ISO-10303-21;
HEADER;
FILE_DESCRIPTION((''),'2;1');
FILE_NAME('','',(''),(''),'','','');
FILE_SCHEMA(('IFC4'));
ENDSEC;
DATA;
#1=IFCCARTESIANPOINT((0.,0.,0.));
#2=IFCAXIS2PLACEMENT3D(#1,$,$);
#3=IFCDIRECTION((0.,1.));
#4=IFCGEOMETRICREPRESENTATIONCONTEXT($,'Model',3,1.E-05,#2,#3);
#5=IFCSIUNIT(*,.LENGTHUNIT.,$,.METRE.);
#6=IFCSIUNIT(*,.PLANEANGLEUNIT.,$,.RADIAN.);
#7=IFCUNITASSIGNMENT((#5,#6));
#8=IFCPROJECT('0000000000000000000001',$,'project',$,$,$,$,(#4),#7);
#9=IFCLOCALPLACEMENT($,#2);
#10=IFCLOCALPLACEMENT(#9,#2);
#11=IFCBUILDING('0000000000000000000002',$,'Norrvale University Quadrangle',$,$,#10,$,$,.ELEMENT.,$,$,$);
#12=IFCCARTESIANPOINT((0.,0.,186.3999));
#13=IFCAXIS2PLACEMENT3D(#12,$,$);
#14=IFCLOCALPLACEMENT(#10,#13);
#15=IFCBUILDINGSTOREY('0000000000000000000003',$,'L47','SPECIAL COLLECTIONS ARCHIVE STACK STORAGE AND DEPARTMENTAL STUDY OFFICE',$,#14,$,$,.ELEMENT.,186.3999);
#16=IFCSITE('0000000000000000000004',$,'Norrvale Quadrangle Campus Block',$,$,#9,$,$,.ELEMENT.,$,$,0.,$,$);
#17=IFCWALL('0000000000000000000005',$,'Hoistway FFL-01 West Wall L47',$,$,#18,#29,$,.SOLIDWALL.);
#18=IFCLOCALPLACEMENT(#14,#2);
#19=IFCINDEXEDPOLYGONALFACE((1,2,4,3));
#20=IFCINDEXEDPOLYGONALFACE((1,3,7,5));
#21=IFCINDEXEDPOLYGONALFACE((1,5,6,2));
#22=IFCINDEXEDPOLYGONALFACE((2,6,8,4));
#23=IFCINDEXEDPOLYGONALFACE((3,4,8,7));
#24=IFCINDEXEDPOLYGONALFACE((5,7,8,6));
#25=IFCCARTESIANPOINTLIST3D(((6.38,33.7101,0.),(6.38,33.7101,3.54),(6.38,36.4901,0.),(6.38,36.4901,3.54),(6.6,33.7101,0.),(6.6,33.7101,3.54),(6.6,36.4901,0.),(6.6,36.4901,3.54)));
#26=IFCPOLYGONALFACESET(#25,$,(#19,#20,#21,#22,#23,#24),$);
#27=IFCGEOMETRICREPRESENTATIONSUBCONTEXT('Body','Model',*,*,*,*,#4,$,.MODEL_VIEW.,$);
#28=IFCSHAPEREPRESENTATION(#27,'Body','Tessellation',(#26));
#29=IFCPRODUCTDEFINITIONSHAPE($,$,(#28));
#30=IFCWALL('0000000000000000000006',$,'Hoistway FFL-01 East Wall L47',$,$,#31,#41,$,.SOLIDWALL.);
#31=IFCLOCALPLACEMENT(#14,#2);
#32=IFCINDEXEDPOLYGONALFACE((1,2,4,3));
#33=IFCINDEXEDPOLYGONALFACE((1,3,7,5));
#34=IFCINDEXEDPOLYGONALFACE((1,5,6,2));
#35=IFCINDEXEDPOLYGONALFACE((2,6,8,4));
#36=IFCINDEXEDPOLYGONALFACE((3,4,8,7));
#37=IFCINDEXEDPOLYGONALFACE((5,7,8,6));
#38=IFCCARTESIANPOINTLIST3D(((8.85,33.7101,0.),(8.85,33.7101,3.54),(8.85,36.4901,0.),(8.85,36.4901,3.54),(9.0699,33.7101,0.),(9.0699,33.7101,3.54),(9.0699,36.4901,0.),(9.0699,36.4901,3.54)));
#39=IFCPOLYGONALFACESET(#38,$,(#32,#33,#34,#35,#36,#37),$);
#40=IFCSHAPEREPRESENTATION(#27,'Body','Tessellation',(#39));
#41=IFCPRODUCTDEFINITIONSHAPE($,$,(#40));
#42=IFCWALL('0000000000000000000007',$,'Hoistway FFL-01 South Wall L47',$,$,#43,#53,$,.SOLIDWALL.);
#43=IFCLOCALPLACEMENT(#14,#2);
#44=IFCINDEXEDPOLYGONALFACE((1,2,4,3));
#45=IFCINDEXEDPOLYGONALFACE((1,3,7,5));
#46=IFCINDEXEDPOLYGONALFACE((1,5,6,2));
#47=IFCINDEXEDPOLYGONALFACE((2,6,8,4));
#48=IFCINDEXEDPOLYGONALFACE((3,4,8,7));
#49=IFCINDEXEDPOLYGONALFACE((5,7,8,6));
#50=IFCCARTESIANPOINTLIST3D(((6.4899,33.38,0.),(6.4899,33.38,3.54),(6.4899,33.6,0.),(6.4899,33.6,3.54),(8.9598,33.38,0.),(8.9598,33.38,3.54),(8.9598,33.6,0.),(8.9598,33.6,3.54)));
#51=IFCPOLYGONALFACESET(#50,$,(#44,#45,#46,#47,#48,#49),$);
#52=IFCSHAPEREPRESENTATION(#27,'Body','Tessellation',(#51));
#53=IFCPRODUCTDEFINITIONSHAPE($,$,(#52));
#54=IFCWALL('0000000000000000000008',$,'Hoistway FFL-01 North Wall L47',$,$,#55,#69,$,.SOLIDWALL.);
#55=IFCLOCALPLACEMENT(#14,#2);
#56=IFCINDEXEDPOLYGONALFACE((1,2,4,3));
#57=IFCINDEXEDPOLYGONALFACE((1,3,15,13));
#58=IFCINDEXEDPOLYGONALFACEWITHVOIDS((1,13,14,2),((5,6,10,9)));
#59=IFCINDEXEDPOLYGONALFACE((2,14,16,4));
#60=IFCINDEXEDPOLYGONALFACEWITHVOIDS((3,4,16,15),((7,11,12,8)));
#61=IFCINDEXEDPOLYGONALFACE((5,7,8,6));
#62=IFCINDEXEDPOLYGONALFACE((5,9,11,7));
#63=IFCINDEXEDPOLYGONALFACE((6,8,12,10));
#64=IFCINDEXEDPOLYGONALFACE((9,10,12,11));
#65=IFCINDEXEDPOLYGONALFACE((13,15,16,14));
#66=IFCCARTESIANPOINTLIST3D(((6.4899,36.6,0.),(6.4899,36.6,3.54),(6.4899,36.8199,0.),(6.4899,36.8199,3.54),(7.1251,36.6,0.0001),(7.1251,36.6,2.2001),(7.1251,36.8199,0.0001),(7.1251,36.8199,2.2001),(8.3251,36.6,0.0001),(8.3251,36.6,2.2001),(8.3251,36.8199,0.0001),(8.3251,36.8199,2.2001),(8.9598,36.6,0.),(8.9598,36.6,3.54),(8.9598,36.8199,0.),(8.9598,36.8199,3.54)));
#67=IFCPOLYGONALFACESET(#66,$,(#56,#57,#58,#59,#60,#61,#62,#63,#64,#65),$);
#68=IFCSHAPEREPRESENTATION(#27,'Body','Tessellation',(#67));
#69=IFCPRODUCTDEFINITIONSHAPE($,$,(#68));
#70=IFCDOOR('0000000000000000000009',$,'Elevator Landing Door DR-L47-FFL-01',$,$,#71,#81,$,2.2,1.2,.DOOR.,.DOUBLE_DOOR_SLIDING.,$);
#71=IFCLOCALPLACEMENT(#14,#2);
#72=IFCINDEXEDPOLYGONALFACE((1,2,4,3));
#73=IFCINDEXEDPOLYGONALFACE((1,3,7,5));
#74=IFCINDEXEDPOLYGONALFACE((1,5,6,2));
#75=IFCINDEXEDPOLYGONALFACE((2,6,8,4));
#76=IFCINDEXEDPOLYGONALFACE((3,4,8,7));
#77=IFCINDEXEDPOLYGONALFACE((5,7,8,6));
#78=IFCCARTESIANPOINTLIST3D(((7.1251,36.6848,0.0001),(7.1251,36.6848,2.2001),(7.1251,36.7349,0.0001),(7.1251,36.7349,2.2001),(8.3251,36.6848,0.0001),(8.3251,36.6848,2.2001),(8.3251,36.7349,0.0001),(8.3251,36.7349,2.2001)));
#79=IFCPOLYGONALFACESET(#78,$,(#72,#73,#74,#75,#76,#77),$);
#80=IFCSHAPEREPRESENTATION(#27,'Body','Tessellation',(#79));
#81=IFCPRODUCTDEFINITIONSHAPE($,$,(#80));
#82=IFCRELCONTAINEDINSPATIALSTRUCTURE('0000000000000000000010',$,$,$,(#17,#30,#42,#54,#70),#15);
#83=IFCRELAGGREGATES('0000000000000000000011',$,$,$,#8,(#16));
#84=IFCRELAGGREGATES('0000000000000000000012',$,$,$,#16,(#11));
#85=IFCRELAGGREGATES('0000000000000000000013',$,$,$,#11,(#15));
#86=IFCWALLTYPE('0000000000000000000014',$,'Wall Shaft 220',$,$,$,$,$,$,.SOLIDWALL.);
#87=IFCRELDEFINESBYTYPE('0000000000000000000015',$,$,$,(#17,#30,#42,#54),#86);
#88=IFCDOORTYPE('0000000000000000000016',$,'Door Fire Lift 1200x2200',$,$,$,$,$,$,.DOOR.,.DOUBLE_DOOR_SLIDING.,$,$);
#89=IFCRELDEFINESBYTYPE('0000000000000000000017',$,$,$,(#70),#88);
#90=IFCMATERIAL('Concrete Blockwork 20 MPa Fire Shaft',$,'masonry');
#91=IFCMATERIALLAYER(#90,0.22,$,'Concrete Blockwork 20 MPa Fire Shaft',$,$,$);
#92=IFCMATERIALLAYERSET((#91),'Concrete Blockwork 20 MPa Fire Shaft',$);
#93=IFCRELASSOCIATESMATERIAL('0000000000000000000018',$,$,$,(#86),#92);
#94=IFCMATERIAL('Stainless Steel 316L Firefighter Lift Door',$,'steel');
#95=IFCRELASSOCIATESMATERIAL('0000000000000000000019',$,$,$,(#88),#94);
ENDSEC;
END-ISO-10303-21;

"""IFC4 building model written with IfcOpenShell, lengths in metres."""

from ifc_helpers import new_model, si_unit, direction, frame, frame_2d, origin, place, context, subcontext, project, spatial, rectangle, extrude, material, layer, layer_set, type_object, element, fill, save


model = new_model("IFC4")

# Units and contexts
model_context = context("Model", 3, precision=1e-05, world=origin(), true_north=direction((0.0, 1.0)))
body_context = subcontext(model_context, "Body", "Model", "MODEL_VIEW")
ifc_project = project(units=[si_unit("LENGTHUNIT", "METRE"), si_unit("PLANEANGLEUNIT", "RADIAN")], contexts=[model_context])

# Site, building, storey
site_placement = place(None, origin())
site = spatial("IfcSite", under=ifc_project, at=site_placement, Name="Norrvale Quadrangle Campus Block", CompositionType="ELEMENT", RefElevation=0.0)
building_placement = place(site_placement, origin())
building = spatial("IfcBuilding", under=site, at=building_placement, Name="Norrvale University Quadrangle", CompositionType="ELEMENT")
storey_placement = place(building_placement, frame((0.0, 0.0, 186.3999)))
storey = spatial("IfcBuildingStorey", under=building, at=storey_placement, Name="L47", Description="SPECIAL COLLECTIONS ARCHIVE STACK STORAGE AND DEPARTMENTAL STUDY OFFICE", CompositionType="ELEMENT", Elevation=186.3999)

# Shared definitions
ifc_material_1 = material(Name="Concrete Blockwork 20 MPa Fire Shaft", Category="masonry")
ifc_layer_1 = layer(ifc_material_1, 0.22, Name="Concrete Blockwork 20 MPa Fire Shaft")
ifc_layer_set_1 = layer_set([ifc_layer_1], Name="Concrete Blockwork 20 MPa Fire Shaft")
wall_type_1 = type_object("IfcWallType", Name="Wall Shaft 220", PredefinedType="SOLIDWALL", material=ifc_layer_set_1)

# Walls
for number, where, z_axis, x_axis, name in (
    (1, (6.49, 33.71, 0.0), (0.0, 0.0, 1.0), (0.0, 1.0, 0.0), "Hoistway FFL-01 West Wall L47"),
    (2, (8.96, 33.71, 0.0), (0.0, 0.0, 1.0), (0.0, 1.0, 0.0), "Hoistway FFL-01 East Wall L47"),
):
    element("IfcWall", number, at=place(storey_placement, frame(where, z_axis=z_axis, x_axis=x_axis)), inside=storey, type_object=wall_type_1, Name=name, PredefinedType="SOLIDWALL", context=body_context, shape_type="SweptSolid", body=[
        extrude(rectangle(XDim=2.78, YDim=0.22, at=frame_2d((1.3901, 0.0))), origin(), (0.0, 0.0, 1.0), 3.54),
    ])
wall_1_placement = place(storey_placement, frame((6.49, 33.49, 0.0), z_axis=(0.0, 0.0, 1.0), x_axis=(1.0, 0.0, 0.0)))
element("IfcWall", 3, at=wall_1_placement, inside=storey, type_object=wall_type_1, Name="Hoistway FFL-01 South Wall L47", PredefinedType="SOLIDWALL", context=body_context, shape_type="SweptSolid", body=[
    extrude(rectangle(XDim=2.47, YDim=0.22, at=frame_2d((1.2349, 0.0))), origin(), (0.0, 0.0, 1.0), 3.54),
])

# Wall, opening, door
wall_2_placement = place(storey_placement, frame((6.49, 36.71, 0.0), z_axis=(0.0, 0.0, 1.0), x_axis=(1.0, 0.0, 0.0)))
wall_2 = element("IfcWall", 4, at=wall_2_placement, inside=storey, type_object=wall_type_1, Name="Hoistway FFL-01 North Wall L47", PredefinedType="SOLIDWALL", context=body_context, shape_type="SweptSolid", body=[
    extrude(rectangle(XDim=2.47, YDim=0.22, at=frame_2d((1.2349, 0.0))), origin(), (0.0, 0.0, 1.0), 3.54),
])
opening_1_placement = place(wall_2_placement, frame((0.635, 0.0, 0.0)))
opening_1 = element("IfcOpeningElement", 5, at=opening_1_placement, cuts=wall_2, PredefinedType="OPENING", context=body_context, shape_type="SweptSolid", body=[
    extrude(rectangle(XDim=1.2, YDim=2.2, at=frame_2d((0.6001, 1.1001))), frame((0.0, 0.1221, 0.0), z_axis=(0.0, -1.0, 0.0), x_axis=(1.0, 0.0, 0.0)), (0.0, 0.0, 1.0), 0.2439),
])
ifc_material_2 = material(Name="Stainless Steel 316L Firefighter Lift Door", Category="steel")
door_type_1 = type_object("IfcDoorType", Name="Door Fire Lift 1200x2200", OperationType="DOUBLE_DOOR_SLIDING", PredefinedType="DOOR", material=ifc_material_2)
door_1_placement = place(opening_1_placement, origin())
door_1 = element("IfcDoor", 6, at=door_1_placement, inside=storey, type_object=door_type_1, Name="Elevator Landing Door DR-L47-FFL-01", OperationType="DOUBLE_DOOR_SLIDING", OverallHeight=2.2, OverallWidth=1.2, PredefinedType="DOOR", context=body_context, shape_type="SweptSolid", body=[
    extrude(rectangle(XDim=1.2, YDim=2.2, at=frame_2d((0.6001, 1.1001))), frame((0.0, 0.0249, 0.0), z_axis=(0.0, -1.0, 0.0), x_axis=(1.0, 0.0, 0.0)), (0.0, 0.0, 1.0), 0.05),
])
fill(opening_1, door_1)

save(model, "model.ifc")
